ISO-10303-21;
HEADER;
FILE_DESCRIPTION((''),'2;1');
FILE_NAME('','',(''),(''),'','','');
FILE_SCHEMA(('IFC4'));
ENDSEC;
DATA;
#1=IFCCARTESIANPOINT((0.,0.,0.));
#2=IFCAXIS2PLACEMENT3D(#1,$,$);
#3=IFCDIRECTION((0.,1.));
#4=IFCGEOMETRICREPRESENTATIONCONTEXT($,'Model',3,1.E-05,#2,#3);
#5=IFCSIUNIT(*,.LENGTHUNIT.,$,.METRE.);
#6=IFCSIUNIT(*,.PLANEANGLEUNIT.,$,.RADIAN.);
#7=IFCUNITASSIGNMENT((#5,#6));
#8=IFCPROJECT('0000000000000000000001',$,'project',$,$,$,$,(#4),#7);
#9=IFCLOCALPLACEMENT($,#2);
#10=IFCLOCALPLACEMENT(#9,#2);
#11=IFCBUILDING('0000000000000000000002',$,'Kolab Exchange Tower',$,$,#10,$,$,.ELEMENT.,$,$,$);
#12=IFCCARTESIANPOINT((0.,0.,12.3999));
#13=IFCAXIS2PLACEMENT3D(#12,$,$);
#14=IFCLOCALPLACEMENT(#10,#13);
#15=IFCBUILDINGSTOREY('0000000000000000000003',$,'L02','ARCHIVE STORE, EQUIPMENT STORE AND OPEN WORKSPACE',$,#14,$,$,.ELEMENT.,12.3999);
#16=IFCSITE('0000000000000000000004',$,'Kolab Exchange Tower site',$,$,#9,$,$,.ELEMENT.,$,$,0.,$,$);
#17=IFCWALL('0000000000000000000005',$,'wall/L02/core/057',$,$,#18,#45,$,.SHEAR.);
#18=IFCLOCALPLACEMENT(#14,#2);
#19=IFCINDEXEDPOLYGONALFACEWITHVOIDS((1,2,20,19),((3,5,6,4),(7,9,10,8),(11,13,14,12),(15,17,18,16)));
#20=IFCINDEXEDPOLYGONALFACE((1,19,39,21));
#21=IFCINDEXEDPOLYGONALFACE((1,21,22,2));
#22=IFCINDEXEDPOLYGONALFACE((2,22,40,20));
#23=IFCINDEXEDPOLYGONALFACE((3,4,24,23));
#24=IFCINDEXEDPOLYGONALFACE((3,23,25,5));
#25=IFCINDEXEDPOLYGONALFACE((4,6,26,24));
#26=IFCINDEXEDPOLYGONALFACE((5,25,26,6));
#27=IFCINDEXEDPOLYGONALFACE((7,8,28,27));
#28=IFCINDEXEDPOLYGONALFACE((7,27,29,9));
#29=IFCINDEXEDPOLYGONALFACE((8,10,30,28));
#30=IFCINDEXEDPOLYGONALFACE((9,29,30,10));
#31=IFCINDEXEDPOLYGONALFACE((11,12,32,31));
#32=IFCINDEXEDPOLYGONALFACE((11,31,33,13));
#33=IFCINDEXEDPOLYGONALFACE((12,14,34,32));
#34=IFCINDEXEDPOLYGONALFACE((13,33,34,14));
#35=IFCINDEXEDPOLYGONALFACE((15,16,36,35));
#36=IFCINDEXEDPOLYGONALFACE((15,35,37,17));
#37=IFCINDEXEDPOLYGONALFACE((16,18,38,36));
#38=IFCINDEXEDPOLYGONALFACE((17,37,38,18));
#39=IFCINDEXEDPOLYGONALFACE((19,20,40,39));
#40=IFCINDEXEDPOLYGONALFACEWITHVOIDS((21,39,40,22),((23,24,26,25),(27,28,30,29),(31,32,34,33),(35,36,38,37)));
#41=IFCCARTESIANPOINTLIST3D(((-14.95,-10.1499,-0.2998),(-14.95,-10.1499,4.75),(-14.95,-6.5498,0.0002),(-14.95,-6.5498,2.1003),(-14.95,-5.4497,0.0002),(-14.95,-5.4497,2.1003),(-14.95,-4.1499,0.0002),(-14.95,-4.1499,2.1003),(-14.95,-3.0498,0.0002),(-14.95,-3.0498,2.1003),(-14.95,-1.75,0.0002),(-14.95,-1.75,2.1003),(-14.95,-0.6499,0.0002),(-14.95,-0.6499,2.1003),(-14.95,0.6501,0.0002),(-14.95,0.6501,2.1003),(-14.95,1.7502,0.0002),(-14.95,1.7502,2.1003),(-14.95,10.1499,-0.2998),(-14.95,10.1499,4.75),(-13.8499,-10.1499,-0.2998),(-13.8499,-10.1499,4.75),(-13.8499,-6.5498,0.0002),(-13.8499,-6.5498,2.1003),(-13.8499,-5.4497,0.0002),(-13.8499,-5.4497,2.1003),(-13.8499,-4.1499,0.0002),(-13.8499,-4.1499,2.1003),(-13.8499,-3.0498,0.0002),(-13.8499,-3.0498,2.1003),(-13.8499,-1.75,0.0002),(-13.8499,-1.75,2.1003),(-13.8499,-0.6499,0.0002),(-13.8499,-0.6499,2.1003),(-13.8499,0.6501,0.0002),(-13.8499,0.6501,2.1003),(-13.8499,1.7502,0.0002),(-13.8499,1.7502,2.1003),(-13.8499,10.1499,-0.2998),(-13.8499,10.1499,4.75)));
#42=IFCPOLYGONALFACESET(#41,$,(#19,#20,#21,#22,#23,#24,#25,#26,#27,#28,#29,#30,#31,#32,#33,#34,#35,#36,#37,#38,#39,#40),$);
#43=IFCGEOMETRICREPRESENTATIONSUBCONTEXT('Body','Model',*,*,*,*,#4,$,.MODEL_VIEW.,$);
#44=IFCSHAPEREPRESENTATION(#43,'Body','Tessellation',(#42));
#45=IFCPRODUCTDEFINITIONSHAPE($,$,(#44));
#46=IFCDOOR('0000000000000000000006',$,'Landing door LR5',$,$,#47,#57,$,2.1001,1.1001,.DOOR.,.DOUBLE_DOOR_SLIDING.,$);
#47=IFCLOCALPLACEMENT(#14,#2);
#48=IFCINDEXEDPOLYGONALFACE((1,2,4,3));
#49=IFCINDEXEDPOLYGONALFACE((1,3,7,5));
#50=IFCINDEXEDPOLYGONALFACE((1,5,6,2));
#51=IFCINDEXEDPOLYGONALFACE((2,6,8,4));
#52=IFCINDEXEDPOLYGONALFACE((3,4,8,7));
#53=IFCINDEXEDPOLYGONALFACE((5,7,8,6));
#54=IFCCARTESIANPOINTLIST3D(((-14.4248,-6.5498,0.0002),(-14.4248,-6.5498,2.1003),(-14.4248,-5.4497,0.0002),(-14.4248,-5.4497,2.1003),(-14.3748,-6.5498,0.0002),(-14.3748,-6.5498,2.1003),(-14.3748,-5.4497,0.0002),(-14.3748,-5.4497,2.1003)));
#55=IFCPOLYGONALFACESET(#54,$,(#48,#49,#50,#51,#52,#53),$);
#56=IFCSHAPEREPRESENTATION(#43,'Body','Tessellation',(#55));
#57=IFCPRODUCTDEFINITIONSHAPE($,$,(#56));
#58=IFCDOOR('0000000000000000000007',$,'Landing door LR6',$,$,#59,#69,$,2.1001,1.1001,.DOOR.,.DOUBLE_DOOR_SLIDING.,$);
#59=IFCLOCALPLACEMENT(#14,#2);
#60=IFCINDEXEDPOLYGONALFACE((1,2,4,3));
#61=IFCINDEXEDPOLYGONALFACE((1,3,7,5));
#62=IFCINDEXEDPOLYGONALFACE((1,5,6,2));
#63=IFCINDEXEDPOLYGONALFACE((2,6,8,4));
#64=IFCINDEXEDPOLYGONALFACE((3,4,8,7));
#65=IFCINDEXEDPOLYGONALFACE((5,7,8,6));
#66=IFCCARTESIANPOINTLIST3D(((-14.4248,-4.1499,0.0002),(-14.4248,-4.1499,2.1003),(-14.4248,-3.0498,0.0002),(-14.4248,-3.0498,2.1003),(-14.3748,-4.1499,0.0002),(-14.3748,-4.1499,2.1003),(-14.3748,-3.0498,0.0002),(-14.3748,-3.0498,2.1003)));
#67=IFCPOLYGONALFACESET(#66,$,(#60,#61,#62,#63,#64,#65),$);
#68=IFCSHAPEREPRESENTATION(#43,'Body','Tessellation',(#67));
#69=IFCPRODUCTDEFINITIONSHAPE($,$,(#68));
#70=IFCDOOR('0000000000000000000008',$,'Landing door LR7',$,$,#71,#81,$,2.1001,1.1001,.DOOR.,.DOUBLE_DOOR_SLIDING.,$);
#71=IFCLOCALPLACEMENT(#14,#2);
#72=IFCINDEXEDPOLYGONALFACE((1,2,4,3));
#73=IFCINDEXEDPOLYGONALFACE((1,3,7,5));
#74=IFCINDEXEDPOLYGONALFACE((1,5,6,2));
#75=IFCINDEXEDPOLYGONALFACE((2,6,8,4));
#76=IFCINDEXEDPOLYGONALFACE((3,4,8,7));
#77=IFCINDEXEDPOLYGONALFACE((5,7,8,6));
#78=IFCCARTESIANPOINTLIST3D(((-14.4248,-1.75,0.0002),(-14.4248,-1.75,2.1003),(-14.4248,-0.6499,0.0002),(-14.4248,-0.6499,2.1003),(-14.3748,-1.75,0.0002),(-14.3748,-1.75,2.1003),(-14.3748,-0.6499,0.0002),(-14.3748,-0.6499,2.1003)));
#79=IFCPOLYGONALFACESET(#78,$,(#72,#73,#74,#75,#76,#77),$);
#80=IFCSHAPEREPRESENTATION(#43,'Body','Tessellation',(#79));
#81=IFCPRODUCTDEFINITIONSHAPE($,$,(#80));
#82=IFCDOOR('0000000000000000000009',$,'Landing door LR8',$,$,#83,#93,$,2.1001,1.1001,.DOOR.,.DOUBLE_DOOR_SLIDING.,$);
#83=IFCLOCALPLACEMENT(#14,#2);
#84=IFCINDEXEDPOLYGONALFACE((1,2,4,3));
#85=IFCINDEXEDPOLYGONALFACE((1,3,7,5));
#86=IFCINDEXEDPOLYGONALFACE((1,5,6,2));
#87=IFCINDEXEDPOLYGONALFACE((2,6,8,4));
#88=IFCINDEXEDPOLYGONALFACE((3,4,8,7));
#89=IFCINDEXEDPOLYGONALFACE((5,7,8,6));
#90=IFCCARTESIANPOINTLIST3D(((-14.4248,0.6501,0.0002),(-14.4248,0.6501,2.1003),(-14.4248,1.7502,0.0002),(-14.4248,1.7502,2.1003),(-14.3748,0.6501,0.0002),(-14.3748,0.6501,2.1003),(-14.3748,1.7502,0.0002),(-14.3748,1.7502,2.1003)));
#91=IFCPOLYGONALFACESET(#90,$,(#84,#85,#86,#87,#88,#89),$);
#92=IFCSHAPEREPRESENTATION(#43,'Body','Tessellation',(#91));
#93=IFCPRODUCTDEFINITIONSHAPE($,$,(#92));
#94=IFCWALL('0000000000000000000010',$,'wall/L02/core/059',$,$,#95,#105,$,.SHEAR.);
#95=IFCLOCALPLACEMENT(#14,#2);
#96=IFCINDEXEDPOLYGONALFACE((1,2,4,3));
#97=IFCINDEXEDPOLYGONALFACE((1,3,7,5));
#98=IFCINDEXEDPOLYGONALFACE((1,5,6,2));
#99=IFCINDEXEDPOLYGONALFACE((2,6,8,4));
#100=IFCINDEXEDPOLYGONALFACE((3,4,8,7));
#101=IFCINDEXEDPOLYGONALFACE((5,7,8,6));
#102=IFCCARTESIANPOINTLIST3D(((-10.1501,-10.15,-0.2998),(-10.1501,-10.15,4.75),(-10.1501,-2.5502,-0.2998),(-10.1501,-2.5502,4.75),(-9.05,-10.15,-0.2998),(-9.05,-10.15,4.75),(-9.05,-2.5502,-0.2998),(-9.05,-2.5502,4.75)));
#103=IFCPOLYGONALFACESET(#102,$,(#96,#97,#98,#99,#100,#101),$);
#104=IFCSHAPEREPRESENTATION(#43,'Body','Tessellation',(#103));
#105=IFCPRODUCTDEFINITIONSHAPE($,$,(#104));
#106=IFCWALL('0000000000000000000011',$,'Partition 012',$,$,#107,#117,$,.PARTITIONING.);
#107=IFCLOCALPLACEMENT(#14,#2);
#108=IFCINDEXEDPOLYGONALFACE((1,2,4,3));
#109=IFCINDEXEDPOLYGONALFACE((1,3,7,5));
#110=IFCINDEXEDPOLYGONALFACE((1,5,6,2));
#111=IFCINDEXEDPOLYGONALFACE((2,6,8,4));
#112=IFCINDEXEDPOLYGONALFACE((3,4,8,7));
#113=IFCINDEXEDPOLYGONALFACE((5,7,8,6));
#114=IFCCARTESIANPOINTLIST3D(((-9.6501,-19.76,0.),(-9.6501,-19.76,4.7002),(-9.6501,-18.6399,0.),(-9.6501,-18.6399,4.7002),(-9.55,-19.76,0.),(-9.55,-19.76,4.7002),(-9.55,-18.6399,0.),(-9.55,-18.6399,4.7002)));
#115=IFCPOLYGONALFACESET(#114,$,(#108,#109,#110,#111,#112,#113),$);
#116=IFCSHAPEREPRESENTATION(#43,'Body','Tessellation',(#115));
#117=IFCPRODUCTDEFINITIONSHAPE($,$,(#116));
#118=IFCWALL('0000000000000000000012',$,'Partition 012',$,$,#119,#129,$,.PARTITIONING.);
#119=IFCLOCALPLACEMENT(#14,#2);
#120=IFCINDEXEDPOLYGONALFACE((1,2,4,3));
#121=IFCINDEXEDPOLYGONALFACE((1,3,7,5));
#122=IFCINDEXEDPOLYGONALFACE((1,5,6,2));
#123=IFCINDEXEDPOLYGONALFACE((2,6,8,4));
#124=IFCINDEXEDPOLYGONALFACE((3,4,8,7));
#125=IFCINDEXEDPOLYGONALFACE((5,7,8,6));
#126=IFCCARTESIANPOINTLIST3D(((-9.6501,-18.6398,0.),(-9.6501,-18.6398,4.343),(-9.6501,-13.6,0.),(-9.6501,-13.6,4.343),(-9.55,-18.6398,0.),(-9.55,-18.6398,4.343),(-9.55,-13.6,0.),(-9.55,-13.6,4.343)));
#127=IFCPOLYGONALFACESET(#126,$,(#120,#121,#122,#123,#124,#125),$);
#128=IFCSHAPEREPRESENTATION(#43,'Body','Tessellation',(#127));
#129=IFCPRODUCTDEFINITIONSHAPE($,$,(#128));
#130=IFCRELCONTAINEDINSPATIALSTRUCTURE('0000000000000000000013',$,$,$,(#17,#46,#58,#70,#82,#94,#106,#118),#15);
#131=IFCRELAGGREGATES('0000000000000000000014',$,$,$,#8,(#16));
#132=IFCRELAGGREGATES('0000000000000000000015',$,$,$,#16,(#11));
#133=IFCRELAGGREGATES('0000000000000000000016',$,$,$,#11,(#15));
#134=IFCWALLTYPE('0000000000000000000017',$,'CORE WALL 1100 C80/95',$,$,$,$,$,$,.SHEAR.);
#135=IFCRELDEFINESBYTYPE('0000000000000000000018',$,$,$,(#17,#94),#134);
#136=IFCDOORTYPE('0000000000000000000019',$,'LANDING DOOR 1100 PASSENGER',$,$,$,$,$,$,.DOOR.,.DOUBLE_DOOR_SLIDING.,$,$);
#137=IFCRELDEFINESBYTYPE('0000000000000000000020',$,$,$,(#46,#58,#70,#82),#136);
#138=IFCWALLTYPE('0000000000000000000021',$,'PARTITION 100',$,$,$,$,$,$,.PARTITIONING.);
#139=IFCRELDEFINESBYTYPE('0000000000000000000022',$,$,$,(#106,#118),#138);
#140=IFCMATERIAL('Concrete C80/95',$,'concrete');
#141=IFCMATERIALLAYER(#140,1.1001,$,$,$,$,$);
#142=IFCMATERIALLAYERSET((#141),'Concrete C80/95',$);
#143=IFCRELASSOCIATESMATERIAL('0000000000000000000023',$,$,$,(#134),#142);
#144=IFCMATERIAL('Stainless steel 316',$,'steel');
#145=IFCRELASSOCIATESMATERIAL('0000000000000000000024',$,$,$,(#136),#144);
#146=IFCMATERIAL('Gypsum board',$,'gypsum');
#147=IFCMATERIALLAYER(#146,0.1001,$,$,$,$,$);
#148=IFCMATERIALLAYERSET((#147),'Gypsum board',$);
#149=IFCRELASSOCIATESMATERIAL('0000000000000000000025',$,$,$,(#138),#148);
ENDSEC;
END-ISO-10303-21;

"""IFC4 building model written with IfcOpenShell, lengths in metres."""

from ifc_helpers import new_model, si_unit, direction, frame, frame_2d, origin, place, context, subcontext, project, spatial, rectangle, extrude, material, layer, layer_set, type_object, element, fill, save


model = new_model("IFC4")

# Units and contexts
model_context = context("Model", 3, precision=1e-05, world=origin(), true_north=direction((0.0, 1.0)))
body_context = subcontext(model_context, "Body", "Model", "MODEL_VIEW")
ifc_project = project(units=[si_unit("LENGTHUNIT", "METRE"), si_unit("PLANEANGLEUNIT", "RADIAN")], contexts=[model_context])

# Site, building, storey
site_placement = place(None, origin())
site = spatial("IfcSite", under=ifc_project, at=site_placement, Name="Kolab Exchange Tower site", CompositionType="ELEMENT", RefElevation=0.0)
building_placement = place(site_placement, origin())
building = spatial("IfcBuilding", under=site, at=building_placement, Name="Kolab Exchange Tower", CompositionType="ELEMENT")
storey_placement = place(building_placement, frame((0.0, 0.0, 12.3999)))
storey = spatial("IfcBuildingStorey", under=building, at=storey_placement, Name="L02", Description="ARCHIVE STORE, EQUIPMENT STORE AND OPEN WORKSPACE", CompositionType="ELEMENT", Elevation=12.3999)

# Shared definitions
ifc_material_1 = material(Name="Concrete C80/95", Category="concrete")

# Wall, openings, doors
ifc_layer_1 = layer(ifc_material_1, 1.1001)
ifc_layer_set_1 = layer_set([ifc_layer_1], Name="Concrete C80/95")
wall_type_1 = type_object("IfcWallType", Name="CORE WALL 1100 C80/95", PredefinedType="SHEAR", material=ifc_layer_set_1)
wall_1_placement = place(storey_placement, frame((-14.3999, -10.1499, -0.2998), z_axis=(0.0, 0.0, 1.0), x_axis=(0.0, 1.0, 0.0)))
wall_1 = element("IfcWall", 1, at=wall_1_placement, inside=storey, type_object=wall_type_1, Name="wall/L02/core/057", PredefinedType="SHEAR", context=body_context, shape_type="SweptSolid", body=[
    extrude(rectangle(XDim=20.2998, YDim=1.1001, at=frame_2d((10.1499, 0.0))), origin(), (0.0, 0.0, 1.0), 5.0498),
])
opening_1_placement = place(wall_1_placement, frame((3.6001, 0.0, 0.3)))
opening_1 = element("IfcOpeningElement", 2, at=opening_1_placement, cuts=wall_1, PredefinedType="OPENING", context=body_context, shape_type="SweptSolid", body=[
    extrude(rectangle(XDim=1.1001, YDim=2.1001, at=frame_2d((0.55, 1.05))), frame((0.0, 0.5601, 0.0), z_axis=(0.0, -1.0, 0.0), x_axis=(1.0, 0.0, 0.0)), (0.0, 0.0, 1.0), 1.1201),
])
opening_2_placement = place(wall_1_placement, frame((6.0, 0.0, 0.3)))
opening_2 = element("IfcOpeningElement", 3, at=opening_2_placement, cuts=wall_1, PredefinedType="OPENING", context=body_context, shape_type="SweptSolid", body=[
    extrude(rectangle(XDim=1.1001, YDim=2.1001, at=frame_2d((0.55, 1.05))), frame((0.0, 0.5601, 0.0), z_axis=(0.0, -1.0, 0.0), x_axis=(1.0, 0.0, 0.0)), (0.0, 0.0, 1.0), 1.1201),
])
opening_3_placement = place(wall_1_placement, frame((8.3999, 0.0, 0.3)))
opening_3 = element("IfcOpeningElement", 4, at=opening_3_placement, cuts=wall_1, PredefinedType="OPENING", context=body_context, shape_type="SweptSolid", body=[
    extrude(rectangle(XDim=1.1001, YDim=2.1001, at=frame_2d((0.55, 1.05))), frame((0.0, 0.5601, 0.0), z_axis=(0.0, -1.0, 0.0), x_axis=(1.0, 0.0, 0.0)), (0.0, 0.0, 1.0), 1.1201),
])
opening_4_placement = place(wall_1_placement, frame((10.8, 0.0, 0.3)))
opening_4 = element("IfcOpeningElement", 5, at=opening_4_placement, cuts=wall_1, PredefinedType="OPENING", context=body_context, shape_type="SweptSolid", body=[
    extrude(rectangle(XDim=1.1001, YDim=2.1001, at=frame_2d((0.55, 1.05))), frame((0.0, 0.5601, 0.0), z_axis=(0.0, -1.0, 0.0), x_axis=(1.0, 0.0, 0.0)), (0.0, 0.0, 1.0), 1.1201),
])
ifc_material_2 = material(Name="Stainless steel 316", Category="steel")
door_type_1 = type_object("IfcDoorType", Name="LANDING DOOR 1100 PASSENGER", OperationType="DOUBLE_DOOR_SLIDING", PredefinedType="DOOR", material=ifc_material_2)
door_1_placement = place(opening_1_placement, origin())
door_1 = element("IfcDoor", 6, at=door_1_placement, inside=storey, type_object=door_type_1, Name="Landing door LR5", OperationType="DOUBLE_DOOR_SLIDING", OverallHeight=2.1001, OverallWidth=1.1001, PredefinedType="DOOR", context=body_context, shape_type="SweptSolid", body=[
    extrude(rectangle(XDim=1.1001, YDim=2.1001, at=frame_2d((0.55, 1.05))), frame((0.0, 0.0249, 0.0), z_axis=(0.0, -1.0, 0.0), x_axis=(1.0, 0.0, 0.0)), (0.0, 0.0, 1.0), 0.05),
])
fill(opening_1, door_1)
door_2_placement = place(opening_2_placement, origin())
door_2 = element("IfcDoor", 7, at=door_2_placement, inside=storey, type_object=door_type_1, Name="Landing door LR6", OperationType="DOUBLE_DOOR_SLIDING", OverallHeight=2.1001, OverallWidth=1.1001, PredefinedType="DOOR", context=body_context, shape_type="SweptSolid", body=[
    extrude(rectangle(XDim=1.1001, YDim=2.1001, at=frame_2d((0.55, 1.05))), frame((0.0, 0.0249, 0.0), z_axis=(0.0, -1.0, 0.0), x_axis=(1.0, 0.0, 0.0)), (0.0, 0.0, 1.0), 0.05),
])
fill(opening_2, door_2)
door_3_placement = place(opening_3_placement, origin())
door_3 = element("IfcDoor", 8, at=door_3_placement, inside=storey, type_object=door_type_1, Name="Landing door LR7", OperationType="DOUBLE_DOOR_SLIDING", OverallHeight=2.1001, OverallWidth=1.1001, PredefinedType="DOOR", context=body_context, shape_type="SweptSolid", body=[
    extrude(rectangle(XDim=1.1001, YDim=2.1001, at=frame_2d((0.55, 1.05))), frame((0.0, 0.0249, 0.0), z_axis=(0.0, -1.0, 0.0), x_axis=(1.0, 0.0, 0.0)), (0.0, 0.0, 1.0), 0.05),
])
fill(opening_3, door_3)
door_4_placement = place(opening_4_placement, origin())
door_4 = element("IfcDoor", 9, at=door_4_placement, inside=storey, type_object=door_type_1, Name="Landing door LR8", OperationType="DOUBLE_DOOR_SLIDING", OverallHeight=2.1001, OverallWidth=1.1001, PredefinedType="DOOR", context=body_context, shape_type="SweptSolid", body=[
    extrude(rectangle(XDim=1.1001, YDim=2.1001, at=frame_2d((0.55, 1.05))), frame((0.0, 0.0249, 0.0), z_axis=(0.0, -1.0, 0.0), x_axis=(1.0, 0.0, 0.0)), (0.0, 0.0, 1.0), 0.05),
])
fill(opening_4, door_4)

# Walls
wall_2_placement = place(storey_placement, frame((-9.6001, -10.1499, -0.2998), z_axis=(0.0, 0.0, 1.0), x_axis=(0.0, 1.0, 0.0)))
element("IfcWall", 10, at=wall_2_placement, inside=storey, type_object=wall_type_1, Name="wall/L02/core/059", PredefinedType="SHEAR", context=body_context, shape_type="SweptSolid", body=[
    extrude(rectangle(XDim=7.5999, YDim=1.1001, at=frame_2d((3.7998, 0.0))), origin(), (0.0, 0.0, 1.0), 5.0498),
])
ifc_material_3 = material(Name="Gypsum board", Category="gypsum")
ifc_layer_2 = layer(ifc_material_3, 0.1001)
ifc_layer_set_2 = layer_set([ifc_layer_2], Name="Gypsum board")
wall_type_2 = type_object("IfcWallType", Name="PARTITION 100", PredefinedType="PARTITIONING", material=ifc_layer_set_2)
wall_3_placement = place(storey_placement, frame((-9.6001, -19.76, 0.0), z_axis=(0.0, 0.0, 1.0), x_axis=(0.0, 1.0, 0.0)))
element("IfcWall", 11, at=wall_3_placement, inside=storey, type_object=wall_type_2, Name="Partition 012", PredefinedType="PARTITIONING", context=body_context, shape_type="SweptSolid", body=[
    extrude(rectangle(XDim=1.1201, YDim=0.1001, at=frame_2d((0.5601, 0.0))), origin(), (0.0, 0.0, 1.0), 4.7002),
])
wall_4_placement = place(storey_placement, frame((-9.6001, -18.6399, 0.0), z_axis=(0.0, 0.0, 1.0), x_axis=(0.0, 1.0, 0.0)))
element("IfcWall", 12, at=wall_4_placement, inside=storey, type_object=wall_type_2, Name="Partition 012", PredefinedType="PARTITIONING", context=body_context, shape_type="SweptSolid", body=[
    extrude(rectangle(XDim=5.0398, YDim=0.1001, at=frame_2d((2.52, 0.0))), origin(), (0.0, 0.0, 1.0), 4.343),
])

save(model, "model.ifc")
